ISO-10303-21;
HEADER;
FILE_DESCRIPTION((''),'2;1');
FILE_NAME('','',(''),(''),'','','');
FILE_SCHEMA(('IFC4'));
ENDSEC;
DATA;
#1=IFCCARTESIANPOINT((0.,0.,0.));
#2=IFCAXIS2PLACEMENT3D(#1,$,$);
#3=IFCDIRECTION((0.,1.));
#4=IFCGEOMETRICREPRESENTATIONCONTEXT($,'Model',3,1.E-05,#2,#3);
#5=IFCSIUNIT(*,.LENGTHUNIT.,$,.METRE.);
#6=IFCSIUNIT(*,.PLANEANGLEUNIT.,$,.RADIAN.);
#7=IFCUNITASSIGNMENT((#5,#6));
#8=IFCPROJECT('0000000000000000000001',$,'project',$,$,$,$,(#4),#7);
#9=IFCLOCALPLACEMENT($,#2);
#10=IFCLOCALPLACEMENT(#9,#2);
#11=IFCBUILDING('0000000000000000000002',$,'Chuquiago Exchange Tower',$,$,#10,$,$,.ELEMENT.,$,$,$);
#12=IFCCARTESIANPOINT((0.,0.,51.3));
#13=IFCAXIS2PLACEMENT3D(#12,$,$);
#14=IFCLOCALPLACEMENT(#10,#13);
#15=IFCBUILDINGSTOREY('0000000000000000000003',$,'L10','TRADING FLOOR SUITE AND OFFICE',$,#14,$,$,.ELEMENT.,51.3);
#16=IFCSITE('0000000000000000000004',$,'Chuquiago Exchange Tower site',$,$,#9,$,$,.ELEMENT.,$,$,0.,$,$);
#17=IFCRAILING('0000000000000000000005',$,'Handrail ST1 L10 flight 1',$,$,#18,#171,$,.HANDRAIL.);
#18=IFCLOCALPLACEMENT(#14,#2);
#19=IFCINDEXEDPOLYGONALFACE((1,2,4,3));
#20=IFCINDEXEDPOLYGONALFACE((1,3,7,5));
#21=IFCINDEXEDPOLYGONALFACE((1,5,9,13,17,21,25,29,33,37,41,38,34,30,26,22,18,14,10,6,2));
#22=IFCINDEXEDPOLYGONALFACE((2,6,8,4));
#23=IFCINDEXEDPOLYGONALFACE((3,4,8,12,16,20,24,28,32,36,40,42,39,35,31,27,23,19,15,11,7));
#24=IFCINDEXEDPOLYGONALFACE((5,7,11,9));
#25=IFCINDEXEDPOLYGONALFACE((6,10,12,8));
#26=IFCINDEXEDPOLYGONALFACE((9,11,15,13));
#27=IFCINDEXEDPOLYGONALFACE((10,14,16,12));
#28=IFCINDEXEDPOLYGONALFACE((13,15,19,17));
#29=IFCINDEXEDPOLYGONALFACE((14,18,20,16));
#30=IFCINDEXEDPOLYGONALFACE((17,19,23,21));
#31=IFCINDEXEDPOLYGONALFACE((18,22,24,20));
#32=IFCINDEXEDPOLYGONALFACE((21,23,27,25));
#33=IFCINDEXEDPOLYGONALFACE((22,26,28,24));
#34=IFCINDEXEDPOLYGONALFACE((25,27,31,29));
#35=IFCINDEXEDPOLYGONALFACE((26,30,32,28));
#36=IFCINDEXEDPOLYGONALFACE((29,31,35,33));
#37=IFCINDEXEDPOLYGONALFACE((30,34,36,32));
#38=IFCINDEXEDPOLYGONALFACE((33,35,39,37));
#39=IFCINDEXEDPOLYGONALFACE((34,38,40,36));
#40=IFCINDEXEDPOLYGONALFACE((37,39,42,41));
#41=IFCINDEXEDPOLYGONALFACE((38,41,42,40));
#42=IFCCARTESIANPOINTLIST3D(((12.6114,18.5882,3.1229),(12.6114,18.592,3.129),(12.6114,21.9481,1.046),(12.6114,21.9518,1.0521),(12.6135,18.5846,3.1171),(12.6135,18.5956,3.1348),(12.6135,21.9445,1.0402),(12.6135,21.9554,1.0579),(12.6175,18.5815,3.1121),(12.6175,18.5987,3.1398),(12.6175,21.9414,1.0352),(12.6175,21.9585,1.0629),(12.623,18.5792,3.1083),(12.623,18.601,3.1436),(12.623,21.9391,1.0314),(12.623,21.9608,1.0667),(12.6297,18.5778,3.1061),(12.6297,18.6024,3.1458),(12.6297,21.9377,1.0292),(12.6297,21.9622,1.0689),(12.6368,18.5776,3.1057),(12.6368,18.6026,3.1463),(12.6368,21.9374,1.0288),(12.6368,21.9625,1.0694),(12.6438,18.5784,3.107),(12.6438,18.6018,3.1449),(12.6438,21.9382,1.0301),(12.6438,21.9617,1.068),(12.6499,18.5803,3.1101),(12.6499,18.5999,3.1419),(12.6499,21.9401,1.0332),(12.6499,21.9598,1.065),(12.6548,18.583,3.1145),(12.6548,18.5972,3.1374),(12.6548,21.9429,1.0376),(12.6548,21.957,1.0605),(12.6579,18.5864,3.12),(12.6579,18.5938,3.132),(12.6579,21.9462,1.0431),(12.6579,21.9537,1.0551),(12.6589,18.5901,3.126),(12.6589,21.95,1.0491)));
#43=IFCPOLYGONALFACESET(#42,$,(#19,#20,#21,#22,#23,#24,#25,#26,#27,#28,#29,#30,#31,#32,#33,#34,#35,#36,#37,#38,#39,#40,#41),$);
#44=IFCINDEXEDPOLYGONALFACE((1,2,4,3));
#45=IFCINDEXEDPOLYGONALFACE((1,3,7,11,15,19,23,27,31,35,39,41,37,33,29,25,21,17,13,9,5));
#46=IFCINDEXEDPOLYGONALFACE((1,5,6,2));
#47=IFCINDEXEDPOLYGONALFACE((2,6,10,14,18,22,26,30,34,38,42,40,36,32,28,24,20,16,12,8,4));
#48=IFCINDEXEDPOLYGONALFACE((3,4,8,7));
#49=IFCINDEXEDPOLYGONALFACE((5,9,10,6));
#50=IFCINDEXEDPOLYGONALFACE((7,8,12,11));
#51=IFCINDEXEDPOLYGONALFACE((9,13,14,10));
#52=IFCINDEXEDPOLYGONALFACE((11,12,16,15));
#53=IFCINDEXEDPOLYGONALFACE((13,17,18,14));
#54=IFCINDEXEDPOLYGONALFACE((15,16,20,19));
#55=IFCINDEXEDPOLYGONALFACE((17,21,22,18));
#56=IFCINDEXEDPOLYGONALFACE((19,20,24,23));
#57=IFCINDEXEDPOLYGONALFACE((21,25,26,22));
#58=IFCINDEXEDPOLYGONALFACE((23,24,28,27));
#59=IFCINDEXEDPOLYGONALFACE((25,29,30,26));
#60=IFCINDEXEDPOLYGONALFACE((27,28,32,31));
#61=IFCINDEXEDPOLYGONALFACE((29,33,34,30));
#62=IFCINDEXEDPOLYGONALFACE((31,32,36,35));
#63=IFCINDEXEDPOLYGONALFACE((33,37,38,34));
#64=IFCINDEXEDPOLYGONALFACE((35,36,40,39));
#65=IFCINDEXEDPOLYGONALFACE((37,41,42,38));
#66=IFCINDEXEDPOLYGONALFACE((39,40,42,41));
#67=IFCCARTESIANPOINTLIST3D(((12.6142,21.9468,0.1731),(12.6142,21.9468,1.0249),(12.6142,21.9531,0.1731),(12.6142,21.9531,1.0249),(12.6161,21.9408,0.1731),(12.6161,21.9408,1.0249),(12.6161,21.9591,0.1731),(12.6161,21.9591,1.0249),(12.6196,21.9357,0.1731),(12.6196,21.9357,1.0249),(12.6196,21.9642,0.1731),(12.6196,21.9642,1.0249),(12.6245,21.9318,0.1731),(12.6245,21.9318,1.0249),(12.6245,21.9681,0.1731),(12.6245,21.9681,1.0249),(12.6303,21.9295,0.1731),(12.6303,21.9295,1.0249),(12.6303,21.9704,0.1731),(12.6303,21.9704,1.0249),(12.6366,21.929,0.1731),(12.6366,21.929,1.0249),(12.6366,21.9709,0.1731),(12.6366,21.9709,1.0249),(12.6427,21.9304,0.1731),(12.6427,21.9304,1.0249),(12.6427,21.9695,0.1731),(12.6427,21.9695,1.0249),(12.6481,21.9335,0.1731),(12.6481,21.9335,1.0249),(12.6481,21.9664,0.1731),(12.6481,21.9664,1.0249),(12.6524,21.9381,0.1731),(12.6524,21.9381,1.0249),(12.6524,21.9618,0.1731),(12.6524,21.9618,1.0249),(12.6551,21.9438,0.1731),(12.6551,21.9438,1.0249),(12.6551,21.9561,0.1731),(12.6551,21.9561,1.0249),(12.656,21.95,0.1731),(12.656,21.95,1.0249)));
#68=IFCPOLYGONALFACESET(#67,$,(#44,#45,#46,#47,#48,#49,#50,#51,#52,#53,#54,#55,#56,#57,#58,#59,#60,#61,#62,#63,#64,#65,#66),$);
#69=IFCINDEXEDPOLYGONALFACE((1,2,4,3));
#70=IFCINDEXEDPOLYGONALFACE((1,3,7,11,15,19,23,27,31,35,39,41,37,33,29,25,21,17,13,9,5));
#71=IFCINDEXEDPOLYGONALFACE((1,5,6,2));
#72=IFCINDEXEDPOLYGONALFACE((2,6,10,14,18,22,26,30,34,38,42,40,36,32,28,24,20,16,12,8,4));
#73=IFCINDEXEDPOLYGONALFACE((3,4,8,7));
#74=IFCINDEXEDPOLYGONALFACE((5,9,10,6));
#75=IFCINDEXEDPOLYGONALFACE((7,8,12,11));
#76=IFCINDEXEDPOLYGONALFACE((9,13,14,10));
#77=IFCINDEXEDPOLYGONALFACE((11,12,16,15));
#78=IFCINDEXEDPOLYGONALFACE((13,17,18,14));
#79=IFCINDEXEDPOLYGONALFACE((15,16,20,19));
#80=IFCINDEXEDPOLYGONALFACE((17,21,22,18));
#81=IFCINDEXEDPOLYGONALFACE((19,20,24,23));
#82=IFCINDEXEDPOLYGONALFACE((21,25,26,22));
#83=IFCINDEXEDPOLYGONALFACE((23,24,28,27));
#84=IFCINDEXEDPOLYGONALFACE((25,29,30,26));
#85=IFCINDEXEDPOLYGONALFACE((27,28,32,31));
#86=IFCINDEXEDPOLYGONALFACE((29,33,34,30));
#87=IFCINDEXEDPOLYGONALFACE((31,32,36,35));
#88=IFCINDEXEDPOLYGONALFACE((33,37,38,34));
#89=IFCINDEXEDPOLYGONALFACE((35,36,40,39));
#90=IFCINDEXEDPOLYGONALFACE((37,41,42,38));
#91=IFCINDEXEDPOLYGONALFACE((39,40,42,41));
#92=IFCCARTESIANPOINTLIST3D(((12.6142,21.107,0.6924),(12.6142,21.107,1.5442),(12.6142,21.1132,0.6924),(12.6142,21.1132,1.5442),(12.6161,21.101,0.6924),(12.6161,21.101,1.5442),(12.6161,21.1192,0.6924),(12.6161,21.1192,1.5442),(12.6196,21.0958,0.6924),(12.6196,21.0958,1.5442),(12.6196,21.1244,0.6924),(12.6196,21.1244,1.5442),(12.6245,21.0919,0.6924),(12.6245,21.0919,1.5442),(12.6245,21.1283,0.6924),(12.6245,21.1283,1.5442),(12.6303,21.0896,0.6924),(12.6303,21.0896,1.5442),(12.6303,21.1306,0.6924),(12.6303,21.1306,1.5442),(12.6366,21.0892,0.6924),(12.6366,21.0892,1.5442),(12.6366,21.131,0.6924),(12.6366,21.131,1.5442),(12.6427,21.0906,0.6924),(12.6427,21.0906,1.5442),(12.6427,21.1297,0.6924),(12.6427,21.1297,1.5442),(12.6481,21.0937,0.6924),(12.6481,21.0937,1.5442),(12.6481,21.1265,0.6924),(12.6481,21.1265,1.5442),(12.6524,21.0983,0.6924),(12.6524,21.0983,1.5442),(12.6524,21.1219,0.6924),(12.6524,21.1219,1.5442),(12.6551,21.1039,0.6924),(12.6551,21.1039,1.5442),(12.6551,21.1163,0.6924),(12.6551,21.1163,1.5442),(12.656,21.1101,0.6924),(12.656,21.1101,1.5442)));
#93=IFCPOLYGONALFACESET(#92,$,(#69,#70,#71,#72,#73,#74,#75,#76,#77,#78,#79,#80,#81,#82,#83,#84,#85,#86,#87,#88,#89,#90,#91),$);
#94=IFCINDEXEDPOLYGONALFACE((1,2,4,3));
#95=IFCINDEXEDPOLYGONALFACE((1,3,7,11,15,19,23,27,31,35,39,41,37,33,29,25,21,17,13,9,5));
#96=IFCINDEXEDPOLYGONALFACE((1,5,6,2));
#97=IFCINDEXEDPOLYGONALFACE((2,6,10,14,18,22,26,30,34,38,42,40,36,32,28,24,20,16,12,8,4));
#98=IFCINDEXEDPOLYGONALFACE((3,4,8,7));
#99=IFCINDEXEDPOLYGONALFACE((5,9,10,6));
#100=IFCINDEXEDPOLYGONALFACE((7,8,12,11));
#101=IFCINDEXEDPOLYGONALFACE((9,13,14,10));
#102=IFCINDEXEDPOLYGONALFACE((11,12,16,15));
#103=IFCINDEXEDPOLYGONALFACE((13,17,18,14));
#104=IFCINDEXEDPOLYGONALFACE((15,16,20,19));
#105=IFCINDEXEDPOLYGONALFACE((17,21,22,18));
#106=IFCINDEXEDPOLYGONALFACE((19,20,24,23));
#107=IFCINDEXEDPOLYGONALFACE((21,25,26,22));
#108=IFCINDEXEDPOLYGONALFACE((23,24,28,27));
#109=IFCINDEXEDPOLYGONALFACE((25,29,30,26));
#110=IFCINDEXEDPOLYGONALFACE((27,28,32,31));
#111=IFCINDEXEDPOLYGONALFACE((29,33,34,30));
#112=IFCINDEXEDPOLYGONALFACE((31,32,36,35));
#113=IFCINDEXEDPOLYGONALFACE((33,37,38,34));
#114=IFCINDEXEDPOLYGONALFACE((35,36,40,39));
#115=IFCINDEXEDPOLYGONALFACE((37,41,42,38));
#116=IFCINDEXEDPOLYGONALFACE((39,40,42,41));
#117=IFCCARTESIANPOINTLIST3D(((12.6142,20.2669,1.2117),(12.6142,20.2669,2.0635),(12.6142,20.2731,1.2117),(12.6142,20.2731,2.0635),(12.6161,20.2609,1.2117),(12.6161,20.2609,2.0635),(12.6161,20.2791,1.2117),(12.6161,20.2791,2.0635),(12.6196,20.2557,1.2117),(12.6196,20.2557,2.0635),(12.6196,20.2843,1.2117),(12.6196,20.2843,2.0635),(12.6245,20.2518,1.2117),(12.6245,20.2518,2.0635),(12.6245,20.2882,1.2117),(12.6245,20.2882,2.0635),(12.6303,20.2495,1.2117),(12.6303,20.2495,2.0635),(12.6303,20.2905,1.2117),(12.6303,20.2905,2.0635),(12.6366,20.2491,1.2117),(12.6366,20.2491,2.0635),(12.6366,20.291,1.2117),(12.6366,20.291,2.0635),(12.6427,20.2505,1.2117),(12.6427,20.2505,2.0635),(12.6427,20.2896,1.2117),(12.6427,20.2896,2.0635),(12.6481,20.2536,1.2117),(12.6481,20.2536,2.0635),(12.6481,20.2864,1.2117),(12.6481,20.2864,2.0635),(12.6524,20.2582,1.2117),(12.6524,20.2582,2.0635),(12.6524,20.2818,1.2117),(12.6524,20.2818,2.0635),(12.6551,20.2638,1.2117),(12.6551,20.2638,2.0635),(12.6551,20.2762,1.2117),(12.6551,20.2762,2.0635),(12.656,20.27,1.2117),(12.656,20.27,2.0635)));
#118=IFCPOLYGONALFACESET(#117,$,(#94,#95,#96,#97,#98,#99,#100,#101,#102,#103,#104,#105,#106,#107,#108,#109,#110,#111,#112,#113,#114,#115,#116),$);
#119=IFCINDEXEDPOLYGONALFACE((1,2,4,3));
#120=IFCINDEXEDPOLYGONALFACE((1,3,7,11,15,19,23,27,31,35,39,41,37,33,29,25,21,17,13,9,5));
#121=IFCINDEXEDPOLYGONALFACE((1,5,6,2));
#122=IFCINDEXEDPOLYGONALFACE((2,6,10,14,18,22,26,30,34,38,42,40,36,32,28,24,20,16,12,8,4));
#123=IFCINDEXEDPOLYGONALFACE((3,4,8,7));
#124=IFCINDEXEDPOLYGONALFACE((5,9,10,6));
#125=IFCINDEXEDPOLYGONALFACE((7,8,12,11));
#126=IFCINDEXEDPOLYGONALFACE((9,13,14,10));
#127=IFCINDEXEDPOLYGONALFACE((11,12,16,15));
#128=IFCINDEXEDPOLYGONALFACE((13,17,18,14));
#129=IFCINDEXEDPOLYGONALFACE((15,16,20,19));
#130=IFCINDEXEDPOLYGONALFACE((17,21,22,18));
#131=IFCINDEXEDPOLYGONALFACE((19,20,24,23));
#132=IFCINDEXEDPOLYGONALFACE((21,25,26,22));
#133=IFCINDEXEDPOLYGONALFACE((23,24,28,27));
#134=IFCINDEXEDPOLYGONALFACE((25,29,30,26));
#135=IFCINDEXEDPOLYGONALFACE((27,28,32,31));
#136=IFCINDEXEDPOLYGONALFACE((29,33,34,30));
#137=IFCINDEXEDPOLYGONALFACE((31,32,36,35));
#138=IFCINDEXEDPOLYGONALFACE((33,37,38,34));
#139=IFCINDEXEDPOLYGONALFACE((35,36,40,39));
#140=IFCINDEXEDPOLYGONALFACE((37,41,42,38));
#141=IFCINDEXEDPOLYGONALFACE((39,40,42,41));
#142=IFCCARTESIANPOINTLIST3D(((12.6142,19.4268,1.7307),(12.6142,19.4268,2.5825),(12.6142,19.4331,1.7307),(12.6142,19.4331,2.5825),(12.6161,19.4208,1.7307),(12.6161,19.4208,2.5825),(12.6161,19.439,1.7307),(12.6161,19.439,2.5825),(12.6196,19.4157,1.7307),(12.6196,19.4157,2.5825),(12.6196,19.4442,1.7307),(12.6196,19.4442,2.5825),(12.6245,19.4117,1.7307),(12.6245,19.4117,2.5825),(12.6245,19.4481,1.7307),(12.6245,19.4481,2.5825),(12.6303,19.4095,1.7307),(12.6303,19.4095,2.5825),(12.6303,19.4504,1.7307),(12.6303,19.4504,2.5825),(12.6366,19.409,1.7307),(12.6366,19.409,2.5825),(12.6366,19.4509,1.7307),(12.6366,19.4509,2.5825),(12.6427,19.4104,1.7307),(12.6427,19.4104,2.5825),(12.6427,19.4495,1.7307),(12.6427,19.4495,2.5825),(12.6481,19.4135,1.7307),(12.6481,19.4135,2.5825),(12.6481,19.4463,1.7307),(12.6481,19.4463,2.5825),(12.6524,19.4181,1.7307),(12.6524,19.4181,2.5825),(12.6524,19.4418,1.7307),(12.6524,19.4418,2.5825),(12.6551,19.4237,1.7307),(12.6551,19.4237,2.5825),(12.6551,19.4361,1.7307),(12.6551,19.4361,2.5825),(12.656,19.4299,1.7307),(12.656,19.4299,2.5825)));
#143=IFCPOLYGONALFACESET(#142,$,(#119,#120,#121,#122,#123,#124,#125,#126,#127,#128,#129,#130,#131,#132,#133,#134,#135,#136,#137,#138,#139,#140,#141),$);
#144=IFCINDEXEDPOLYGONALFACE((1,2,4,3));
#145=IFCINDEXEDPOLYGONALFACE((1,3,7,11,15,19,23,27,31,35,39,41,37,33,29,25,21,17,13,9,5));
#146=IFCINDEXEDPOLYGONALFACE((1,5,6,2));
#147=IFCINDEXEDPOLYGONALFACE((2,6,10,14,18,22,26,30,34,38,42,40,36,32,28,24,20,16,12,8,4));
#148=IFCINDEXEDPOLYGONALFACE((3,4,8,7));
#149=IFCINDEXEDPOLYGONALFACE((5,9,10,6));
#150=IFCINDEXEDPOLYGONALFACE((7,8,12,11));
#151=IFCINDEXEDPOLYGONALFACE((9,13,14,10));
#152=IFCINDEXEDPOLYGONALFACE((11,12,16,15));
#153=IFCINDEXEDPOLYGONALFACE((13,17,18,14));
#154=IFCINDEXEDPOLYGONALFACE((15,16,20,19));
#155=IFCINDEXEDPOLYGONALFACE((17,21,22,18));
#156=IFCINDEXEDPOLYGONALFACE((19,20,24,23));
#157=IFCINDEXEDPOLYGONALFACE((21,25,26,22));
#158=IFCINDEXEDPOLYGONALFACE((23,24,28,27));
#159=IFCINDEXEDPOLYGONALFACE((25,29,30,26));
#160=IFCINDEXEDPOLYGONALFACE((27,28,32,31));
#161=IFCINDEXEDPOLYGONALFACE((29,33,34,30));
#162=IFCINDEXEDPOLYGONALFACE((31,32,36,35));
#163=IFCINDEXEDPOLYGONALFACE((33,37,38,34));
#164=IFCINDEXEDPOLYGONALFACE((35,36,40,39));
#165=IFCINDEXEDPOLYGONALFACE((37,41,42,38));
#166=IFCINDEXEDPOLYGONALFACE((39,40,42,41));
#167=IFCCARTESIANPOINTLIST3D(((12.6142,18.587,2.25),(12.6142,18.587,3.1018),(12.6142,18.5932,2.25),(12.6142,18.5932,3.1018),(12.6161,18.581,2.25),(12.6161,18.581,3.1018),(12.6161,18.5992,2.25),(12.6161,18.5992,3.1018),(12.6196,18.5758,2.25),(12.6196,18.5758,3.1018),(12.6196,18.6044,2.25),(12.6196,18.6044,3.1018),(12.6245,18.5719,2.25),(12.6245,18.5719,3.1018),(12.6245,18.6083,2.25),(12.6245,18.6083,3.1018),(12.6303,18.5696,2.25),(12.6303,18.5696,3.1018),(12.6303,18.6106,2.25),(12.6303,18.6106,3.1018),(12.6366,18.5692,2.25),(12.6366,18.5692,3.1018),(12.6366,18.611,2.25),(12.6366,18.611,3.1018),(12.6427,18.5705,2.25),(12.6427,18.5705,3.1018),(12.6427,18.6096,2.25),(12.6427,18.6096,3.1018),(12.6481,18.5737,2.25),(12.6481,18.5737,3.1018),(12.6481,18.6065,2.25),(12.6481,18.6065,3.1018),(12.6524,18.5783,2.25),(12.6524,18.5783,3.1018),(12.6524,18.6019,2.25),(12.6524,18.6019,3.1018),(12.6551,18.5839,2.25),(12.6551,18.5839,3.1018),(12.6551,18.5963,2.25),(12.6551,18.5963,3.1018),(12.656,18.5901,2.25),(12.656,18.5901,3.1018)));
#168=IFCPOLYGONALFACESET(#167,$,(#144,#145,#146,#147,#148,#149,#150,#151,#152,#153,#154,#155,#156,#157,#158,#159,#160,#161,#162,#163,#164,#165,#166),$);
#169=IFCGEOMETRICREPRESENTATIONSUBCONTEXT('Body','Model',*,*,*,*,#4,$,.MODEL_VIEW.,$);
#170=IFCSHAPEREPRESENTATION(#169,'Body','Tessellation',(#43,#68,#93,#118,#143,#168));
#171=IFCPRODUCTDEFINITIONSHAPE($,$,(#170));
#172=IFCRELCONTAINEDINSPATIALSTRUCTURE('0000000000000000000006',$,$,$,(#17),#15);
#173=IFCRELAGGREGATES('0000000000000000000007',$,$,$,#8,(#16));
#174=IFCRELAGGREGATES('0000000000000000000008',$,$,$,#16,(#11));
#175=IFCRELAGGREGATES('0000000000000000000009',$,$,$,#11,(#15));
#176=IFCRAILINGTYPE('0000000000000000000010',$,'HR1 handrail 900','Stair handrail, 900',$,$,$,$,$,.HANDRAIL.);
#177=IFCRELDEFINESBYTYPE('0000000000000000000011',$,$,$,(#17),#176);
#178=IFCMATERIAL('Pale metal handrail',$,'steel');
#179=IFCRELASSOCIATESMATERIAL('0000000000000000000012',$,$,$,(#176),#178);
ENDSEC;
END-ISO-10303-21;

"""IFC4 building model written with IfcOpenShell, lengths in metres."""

from ifc_helpers import new_model, si_unit, direction, frame, origin, origin_2d, place, context, subcontext, project, spatial, circle, extrude, material, type_object, element, save


model = new_model("IFC4")

# Units and contexts
model_context = context("Model", 3, precision=1e-05, world=origin(), true_north=direction((0.0, 1.0)))
body_context = subcontext(model_context, "Body", "Model", "MODEL_VIEW")
ifc_project = project(units=[si_unit("LENGTHUNIT", "METRE"), si_unit("PLANEANGLEUNIT", "RADIAN")], contexts=[model_context])

# Site, building, storey
site_placement = place(None, origin())
site = spatial("IfcSite", under=ifc_project, at=site_placement, Name="Chuquiago Exchange Tower site", CompositionType="ELEMENT", RefElevation=0.0)
building_placement = place(site_placement, origin())
building = spatial("IfcBuilding", under=site, at=building_placement, Name="Chuquiago Exchange Tower", CompositionType="ELEMENT")
storey_placement = place(building_placement, frame((0.0, 0.0, 51.3)))
storey = spatial("IfcBuildingStorey", under=building, at=storey_placement, Name="L10", Description="TRADING FLOOR SUITE AND OFFICE", CompositionType="ELEMENT", Elevation=51.3)

# Railing
ifc_material_1 = material(Name="Pale metal handrail", Category="steel")
railing_type_1 = type_object("IfcRailingType", Name="HR1 handrail 900", Description="Stair handrail, 900", PredefinedType="HANDRAIL", material=ifc_material_1)
railing_placement = place(storey_placement, frame((12.635, 21.95, 0.1731)))
element("IfcRailing", 1, at=railing_placement, inside=storey, type_object=railing_type_1, Name="Handrail ST1 L10 flight 1", PredefinedType="HANDRAIL", context=body_context, shape_type="SweptSolid", body=[
    extrude(circle(Radius=0.0239, at=origin_2d()), frame((0.0, 0.0, 0.876), z_axis=(0.0, -0.850606, 0.525803), x_axis=(1.0, 0.0, 0.0)), (0.0, 0.0, 1.0), 3.95),
    extrude(circle(Radius=0.021, at=origin_2d()), origin(), (0.0, 0.0, 1.0), 0.8518),
    extrude(circle(Radius=0.021, at=origin_2d()), frame((0.0, -0.8398, 0.5193)), (0.0, 0.0, 1.0), 0.8518),
    extrude(circle(Radius=0.021, at=origin_2d()), frame((0.0, -1.6799, 1.0386)), (0.0, 0.0, 1.0), 0.8518),
    extrude(circle(Radius=0.021, at=origin_2d()), frame((0.0, -2.52, 1.5576)), (0.0, 0.0, 1.0), 0.8518),
    extrude(circle(Radius=0.021, at=origin_2d()), frame((0.0, -3.3599, 2.0769)), (0.0, 0.0, 1.0), 0.8518),
])

save(model, "model.ifc")
